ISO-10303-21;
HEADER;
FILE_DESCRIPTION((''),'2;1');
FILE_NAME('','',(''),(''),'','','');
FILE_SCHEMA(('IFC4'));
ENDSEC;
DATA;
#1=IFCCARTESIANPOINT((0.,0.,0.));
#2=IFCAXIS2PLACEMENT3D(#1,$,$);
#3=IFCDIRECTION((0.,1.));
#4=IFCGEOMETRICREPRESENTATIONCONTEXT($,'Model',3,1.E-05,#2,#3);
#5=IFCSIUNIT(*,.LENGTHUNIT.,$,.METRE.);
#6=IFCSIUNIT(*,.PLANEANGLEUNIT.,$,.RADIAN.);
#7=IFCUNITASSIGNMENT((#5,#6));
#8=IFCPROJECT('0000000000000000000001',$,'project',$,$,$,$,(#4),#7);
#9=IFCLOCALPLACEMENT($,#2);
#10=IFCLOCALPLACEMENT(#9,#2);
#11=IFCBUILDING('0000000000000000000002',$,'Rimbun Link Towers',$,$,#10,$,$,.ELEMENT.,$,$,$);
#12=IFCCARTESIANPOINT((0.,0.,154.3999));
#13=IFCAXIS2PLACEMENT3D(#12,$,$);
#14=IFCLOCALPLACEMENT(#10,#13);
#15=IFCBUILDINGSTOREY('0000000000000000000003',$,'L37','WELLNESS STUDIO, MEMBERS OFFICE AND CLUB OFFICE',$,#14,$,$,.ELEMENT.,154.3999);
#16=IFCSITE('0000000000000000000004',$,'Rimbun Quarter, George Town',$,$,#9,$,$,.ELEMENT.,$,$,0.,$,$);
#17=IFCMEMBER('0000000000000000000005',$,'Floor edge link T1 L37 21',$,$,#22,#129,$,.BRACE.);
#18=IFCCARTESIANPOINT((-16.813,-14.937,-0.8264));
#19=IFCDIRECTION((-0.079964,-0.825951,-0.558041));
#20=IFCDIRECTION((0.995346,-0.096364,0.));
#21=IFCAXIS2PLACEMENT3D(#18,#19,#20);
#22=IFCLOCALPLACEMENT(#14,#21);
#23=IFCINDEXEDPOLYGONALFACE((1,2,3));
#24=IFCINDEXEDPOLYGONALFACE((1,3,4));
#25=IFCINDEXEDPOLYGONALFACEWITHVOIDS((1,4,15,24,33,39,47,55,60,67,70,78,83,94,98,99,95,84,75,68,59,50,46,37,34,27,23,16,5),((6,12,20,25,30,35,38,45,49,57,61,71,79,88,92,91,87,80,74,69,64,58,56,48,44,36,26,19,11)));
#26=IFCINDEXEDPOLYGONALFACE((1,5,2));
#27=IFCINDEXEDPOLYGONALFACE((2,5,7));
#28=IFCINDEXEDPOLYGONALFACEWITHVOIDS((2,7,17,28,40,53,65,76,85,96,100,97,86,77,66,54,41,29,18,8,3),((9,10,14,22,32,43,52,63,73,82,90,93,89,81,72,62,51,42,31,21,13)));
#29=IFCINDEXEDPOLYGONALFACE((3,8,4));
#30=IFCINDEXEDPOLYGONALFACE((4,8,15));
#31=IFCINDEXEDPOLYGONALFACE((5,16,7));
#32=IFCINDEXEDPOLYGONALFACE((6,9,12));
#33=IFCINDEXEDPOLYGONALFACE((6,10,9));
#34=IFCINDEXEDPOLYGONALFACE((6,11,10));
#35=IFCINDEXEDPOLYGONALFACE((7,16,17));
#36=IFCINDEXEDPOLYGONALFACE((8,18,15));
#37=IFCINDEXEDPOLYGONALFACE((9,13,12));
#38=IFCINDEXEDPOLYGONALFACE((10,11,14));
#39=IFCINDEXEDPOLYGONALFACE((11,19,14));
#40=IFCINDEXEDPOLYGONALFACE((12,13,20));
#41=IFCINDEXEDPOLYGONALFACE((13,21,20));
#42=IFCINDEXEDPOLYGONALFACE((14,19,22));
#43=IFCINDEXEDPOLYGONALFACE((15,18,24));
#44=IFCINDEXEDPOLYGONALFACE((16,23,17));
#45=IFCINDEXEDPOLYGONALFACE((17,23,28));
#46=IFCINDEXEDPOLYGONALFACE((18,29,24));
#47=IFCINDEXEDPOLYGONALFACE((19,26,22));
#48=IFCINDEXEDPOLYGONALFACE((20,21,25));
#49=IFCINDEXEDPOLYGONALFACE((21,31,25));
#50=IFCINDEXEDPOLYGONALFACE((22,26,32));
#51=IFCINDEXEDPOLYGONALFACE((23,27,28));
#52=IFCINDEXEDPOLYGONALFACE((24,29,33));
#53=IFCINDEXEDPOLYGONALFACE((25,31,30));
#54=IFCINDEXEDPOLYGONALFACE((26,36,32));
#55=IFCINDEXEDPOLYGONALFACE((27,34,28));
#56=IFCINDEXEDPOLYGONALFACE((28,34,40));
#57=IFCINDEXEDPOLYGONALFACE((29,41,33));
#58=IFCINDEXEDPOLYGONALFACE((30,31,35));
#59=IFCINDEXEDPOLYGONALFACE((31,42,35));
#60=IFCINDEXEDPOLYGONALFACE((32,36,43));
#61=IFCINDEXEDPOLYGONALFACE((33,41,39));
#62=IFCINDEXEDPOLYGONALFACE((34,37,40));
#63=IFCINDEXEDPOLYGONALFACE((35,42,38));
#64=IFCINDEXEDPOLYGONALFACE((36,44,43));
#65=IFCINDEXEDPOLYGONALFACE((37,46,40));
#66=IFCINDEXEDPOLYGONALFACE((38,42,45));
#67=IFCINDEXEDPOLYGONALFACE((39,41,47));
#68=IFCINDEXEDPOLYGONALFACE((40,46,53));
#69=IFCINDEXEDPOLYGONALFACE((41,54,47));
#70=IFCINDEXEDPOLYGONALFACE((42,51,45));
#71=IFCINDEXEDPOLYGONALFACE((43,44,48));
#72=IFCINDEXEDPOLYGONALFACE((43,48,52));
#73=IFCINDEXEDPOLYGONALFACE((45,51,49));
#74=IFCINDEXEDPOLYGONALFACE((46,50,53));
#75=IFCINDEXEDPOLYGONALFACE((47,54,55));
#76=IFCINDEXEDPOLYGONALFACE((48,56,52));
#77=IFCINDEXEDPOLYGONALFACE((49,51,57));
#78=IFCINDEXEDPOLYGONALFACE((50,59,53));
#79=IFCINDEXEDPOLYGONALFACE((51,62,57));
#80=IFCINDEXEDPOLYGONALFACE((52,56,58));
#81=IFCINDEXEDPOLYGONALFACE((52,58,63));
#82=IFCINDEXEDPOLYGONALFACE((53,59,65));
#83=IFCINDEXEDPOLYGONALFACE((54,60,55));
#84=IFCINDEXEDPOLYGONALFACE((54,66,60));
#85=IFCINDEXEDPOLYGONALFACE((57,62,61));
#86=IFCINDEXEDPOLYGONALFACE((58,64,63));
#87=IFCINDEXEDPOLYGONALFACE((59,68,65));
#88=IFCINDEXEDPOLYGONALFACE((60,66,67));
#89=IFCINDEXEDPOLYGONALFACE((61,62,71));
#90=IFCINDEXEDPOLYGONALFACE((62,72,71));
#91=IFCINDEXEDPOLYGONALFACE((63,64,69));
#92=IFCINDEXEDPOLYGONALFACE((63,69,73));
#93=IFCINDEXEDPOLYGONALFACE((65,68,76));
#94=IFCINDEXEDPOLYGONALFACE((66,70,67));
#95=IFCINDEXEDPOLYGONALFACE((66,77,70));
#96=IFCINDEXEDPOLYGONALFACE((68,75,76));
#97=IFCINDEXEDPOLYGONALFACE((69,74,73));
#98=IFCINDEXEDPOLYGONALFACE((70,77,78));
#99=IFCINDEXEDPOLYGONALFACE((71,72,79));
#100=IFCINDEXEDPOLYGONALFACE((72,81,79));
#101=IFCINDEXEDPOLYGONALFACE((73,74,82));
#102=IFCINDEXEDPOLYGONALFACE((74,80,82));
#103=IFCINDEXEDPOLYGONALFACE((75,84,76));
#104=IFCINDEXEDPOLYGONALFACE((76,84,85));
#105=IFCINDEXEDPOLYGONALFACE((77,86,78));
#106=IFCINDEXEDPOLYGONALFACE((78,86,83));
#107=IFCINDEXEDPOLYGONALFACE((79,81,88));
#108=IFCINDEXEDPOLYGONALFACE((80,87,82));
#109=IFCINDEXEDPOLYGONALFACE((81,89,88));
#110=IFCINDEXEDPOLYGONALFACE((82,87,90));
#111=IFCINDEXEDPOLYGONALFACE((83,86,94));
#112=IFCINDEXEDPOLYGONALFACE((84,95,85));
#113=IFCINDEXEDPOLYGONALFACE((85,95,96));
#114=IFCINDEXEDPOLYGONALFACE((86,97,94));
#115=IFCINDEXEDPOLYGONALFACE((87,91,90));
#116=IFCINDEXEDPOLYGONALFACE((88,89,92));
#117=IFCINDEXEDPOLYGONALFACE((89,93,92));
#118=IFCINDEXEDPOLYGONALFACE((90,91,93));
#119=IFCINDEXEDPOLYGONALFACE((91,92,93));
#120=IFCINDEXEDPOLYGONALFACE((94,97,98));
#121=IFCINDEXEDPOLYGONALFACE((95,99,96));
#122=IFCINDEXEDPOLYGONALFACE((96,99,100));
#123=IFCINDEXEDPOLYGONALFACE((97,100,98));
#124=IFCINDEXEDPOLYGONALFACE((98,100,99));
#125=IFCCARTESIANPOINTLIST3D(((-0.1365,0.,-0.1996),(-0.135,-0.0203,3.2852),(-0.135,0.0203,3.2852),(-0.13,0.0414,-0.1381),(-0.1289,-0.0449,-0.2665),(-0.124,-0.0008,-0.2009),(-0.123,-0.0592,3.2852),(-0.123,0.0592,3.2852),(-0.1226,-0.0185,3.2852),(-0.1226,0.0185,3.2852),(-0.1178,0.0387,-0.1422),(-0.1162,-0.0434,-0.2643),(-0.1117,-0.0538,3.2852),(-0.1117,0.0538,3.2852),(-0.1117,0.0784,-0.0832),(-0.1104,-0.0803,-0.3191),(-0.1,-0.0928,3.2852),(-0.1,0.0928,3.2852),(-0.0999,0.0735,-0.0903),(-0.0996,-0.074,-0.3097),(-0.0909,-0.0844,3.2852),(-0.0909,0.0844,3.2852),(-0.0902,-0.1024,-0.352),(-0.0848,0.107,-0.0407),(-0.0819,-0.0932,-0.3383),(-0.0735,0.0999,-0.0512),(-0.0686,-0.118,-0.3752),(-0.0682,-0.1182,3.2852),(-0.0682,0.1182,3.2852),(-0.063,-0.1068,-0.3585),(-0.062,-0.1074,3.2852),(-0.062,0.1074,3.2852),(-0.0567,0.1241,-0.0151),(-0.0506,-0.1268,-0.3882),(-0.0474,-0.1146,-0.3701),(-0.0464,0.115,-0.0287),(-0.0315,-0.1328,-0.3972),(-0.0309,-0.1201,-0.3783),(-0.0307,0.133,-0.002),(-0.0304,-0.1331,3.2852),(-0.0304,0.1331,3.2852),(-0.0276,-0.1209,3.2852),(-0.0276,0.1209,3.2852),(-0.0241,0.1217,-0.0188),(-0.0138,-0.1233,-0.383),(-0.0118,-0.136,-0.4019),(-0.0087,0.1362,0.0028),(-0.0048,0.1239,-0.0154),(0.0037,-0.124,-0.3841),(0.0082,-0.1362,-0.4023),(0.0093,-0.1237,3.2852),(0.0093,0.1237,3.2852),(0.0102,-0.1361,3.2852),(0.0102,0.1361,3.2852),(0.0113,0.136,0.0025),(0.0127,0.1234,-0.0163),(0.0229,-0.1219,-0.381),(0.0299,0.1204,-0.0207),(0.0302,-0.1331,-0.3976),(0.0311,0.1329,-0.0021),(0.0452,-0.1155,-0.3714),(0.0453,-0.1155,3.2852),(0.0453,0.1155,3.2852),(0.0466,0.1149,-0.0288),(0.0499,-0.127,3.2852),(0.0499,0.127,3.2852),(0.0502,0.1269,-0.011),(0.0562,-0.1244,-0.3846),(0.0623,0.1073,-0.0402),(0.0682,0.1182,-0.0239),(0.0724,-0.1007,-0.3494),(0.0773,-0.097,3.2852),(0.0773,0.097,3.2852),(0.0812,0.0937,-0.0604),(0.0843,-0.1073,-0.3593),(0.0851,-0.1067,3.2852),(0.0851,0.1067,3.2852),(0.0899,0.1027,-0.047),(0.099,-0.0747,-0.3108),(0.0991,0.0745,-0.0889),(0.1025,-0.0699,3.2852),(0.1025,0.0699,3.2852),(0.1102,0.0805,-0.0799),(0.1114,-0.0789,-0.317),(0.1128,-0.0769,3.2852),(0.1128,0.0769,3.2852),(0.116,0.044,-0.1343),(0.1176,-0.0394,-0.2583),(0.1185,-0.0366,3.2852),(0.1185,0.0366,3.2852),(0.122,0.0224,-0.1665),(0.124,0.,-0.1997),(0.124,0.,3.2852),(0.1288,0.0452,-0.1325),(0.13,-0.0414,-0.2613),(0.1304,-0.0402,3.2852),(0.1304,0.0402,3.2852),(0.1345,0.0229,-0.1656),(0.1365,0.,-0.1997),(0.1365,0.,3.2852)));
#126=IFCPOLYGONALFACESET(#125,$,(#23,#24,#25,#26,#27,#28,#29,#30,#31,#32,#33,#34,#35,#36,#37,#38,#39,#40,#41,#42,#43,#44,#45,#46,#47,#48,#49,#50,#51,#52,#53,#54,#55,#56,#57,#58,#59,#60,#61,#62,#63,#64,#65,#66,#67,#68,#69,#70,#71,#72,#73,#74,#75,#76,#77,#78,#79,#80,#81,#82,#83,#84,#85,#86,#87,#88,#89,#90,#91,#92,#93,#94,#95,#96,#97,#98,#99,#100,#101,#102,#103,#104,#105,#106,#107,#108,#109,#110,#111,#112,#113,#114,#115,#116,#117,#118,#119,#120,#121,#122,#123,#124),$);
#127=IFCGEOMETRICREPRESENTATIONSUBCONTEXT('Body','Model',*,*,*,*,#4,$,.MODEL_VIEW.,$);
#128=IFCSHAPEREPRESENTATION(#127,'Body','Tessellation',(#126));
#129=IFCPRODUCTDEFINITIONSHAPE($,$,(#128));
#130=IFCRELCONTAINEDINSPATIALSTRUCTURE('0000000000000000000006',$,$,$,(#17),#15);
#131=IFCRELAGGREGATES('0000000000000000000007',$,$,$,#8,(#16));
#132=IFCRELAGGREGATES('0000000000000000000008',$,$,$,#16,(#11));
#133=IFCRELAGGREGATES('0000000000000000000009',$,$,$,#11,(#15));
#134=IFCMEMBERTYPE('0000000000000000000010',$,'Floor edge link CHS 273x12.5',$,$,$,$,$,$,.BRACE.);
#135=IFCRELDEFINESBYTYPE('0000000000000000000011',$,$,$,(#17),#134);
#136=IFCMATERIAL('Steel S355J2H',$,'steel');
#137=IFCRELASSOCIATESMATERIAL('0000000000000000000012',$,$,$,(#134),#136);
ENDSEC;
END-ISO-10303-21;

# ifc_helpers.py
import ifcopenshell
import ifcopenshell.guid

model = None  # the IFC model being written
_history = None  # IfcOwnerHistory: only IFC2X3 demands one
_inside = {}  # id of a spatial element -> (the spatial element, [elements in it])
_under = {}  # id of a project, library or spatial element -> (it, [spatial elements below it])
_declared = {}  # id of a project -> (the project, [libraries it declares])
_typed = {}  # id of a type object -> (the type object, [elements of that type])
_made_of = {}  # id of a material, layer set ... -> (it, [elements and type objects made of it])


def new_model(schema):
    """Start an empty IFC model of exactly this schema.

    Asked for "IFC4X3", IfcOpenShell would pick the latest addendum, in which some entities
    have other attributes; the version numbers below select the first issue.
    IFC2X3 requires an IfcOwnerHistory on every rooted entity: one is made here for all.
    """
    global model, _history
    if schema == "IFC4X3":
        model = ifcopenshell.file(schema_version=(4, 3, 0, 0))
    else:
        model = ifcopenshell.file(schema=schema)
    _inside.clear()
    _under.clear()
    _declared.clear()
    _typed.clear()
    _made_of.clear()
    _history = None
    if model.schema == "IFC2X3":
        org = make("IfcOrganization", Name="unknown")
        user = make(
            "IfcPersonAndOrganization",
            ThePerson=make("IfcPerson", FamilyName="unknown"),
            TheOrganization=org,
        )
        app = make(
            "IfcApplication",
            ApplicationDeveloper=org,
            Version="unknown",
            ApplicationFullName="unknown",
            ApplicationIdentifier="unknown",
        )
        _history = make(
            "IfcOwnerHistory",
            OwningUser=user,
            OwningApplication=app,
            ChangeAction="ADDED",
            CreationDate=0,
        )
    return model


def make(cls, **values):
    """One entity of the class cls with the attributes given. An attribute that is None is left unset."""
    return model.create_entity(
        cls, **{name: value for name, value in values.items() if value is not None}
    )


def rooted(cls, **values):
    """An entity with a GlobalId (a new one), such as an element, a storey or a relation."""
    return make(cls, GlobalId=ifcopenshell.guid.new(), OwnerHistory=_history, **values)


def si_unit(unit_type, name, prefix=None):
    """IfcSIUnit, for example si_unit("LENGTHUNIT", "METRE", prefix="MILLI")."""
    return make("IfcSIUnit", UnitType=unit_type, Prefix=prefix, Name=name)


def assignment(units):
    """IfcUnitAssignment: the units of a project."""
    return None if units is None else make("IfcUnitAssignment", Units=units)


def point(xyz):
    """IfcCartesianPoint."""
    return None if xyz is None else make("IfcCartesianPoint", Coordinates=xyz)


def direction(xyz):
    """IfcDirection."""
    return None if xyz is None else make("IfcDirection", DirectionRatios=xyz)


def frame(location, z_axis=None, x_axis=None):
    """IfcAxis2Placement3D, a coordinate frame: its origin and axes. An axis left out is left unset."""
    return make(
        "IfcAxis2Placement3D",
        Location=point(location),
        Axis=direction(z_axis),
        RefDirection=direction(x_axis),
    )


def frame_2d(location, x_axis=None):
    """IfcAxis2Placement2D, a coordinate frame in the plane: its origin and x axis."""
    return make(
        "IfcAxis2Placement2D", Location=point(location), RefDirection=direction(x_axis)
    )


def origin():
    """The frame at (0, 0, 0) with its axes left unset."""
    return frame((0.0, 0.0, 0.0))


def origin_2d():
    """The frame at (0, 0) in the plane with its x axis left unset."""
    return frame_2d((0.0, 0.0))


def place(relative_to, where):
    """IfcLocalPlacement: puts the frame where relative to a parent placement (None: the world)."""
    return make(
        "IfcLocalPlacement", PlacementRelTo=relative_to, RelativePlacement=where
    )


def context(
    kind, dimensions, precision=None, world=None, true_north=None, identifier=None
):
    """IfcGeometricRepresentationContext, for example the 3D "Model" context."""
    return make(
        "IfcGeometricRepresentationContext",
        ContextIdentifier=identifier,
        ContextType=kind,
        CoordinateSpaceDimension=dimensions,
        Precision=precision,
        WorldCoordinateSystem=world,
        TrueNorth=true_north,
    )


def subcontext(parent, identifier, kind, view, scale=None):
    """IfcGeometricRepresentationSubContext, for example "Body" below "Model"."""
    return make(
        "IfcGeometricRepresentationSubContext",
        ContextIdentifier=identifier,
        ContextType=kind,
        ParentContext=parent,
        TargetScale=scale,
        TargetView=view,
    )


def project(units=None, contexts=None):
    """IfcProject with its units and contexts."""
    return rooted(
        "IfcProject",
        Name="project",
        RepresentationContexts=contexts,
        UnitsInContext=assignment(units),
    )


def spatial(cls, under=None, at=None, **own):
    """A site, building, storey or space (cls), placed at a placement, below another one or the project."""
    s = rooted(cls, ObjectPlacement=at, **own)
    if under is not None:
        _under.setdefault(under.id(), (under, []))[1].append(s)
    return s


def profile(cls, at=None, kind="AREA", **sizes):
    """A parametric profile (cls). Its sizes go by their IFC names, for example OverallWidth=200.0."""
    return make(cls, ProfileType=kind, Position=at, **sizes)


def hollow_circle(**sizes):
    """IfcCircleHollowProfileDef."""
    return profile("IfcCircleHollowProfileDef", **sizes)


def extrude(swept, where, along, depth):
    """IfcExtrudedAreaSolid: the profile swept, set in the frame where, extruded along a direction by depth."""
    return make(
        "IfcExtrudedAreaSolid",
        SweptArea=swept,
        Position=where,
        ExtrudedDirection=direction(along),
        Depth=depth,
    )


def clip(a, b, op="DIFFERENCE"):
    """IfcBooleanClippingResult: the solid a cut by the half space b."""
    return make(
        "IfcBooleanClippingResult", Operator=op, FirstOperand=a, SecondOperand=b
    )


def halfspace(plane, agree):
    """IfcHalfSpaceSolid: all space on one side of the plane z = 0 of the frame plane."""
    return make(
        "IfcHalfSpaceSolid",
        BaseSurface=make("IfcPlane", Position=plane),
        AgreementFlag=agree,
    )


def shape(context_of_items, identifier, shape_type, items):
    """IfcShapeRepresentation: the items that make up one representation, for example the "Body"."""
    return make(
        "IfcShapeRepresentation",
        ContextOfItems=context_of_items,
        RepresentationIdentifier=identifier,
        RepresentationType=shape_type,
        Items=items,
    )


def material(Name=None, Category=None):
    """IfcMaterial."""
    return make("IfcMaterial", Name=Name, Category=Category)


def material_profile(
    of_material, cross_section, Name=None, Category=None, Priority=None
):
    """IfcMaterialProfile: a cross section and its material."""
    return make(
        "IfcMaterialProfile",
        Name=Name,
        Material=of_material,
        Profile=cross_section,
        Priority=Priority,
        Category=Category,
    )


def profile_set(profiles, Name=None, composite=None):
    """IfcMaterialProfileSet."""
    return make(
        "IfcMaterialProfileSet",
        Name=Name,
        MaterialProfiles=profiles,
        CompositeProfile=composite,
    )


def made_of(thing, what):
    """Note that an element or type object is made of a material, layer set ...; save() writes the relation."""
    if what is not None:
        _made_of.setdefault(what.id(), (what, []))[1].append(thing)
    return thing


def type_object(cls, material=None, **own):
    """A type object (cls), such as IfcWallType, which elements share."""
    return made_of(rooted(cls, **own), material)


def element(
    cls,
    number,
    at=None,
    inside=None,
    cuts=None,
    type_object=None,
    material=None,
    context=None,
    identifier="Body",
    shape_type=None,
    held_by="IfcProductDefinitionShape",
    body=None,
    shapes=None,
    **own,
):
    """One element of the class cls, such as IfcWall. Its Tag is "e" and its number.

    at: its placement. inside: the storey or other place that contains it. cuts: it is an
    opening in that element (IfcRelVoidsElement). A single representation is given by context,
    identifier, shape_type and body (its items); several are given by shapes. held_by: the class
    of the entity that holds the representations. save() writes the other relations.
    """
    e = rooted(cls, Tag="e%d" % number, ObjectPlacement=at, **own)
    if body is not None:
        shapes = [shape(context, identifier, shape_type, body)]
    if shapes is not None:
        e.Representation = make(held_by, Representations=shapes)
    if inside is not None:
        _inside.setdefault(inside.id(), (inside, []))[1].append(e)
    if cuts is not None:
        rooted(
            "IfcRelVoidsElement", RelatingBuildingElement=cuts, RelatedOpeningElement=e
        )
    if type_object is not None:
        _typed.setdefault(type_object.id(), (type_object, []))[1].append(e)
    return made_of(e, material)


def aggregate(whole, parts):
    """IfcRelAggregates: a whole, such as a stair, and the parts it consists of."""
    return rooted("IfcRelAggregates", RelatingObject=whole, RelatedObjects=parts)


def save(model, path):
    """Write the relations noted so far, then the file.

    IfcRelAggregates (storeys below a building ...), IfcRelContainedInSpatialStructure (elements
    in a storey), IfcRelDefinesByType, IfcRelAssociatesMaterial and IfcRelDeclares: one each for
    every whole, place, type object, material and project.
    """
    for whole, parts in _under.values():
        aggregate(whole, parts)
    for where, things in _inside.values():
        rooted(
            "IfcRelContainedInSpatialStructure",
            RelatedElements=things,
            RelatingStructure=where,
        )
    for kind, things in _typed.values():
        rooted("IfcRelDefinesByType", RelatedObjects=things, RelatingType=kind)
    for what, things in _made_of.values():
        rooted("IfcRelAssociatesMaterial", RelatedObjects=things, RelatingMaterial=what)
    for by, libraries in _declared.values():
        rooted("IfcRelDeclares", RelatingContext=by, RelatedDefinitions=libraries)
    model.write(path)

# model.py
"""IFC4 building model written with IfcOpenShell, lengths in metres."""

from ifc_helpers import new_model, si_unit, direction, frame, origin, origin_2d, place, context, subcontext, project, spatial, hollow_circle, extrude, clip, halfspace, material, material_profile, profile_set, type_object, element, save


model = new_model("IFC4")

# Units and contexts
model_context = context("Model", 3, precision=1e-05, world=origin(), true_north=direction((0.0, 1.0)))
body_context = subcontext(model_context, "Body", "Model", "MODEL_VIEW")
ifc_project = project(units=[si_unit("LENGTHUNIT", "METRE"), si_unit("PLANEANGLEUNIT", "RADIAN")], contexts=[model_context])

# Site, building, storey
site_placement = place(None, origin())
site = spatial("IfcSite", under=ifc_project, at=site_placement, Name="Rimbun Quarter, George Town", CompositionType="ELEMENT", RefElevation=0.0)
building_placement = place(site_placement, origin())
building = spatial("IfcBuilding", under=site, at=building_placement, Name="Rimbun Link Towers", CompositionType="ELEMENT")
storey_placement = place(building_placement, frame((0.0, 0.0, 154.3999)))
storey = spatial("IfcBuildingStorey", under=building, at=storey_placement, Name="L37", Description="WELLNESS STUDIO, MEMBERS OFFICE AND CLUB OFFICE", CompositionType="ELEMENT", Elevation=154.3999)

# Member
ifc_material_1 = material(Name="Steel S355J2H", Category="steel")
ifc_material_profile_1 = material_profile(ifc_material_1, hollow_circle(Radius=0.1365, WallThickness=0.0125, at=origin_2d()), Name="CHS 273x12.5")
ifc_profile_set_1 = profile_set([ifc_material_profile_1], Name="Steel S355J2H")
member_type_1 = type_object("IfcMemberType", Name="Floor edge link CHS 273x12.5", PredefinedType="BRACE", material=ifc_profile_set_1)
member_1_placement = place(storey_placement, frame((-16.813, -14.937, -0.8264), z_axis=(-0.079964, -0.825951, -0.558041), x_axis=(0.995346, -0.096364, 0.0)))
element("IfcMember", 1, at=member_1_placement, inside=storey, type_object=member_type_1, Name="Floor edge link T1 L37 21", PredefinedType="BRACE", context=body_context, shape_type="Clipping", body=[
    clip(extrude(hollow_circle(Radius=0.1365, WallThickness=0.0125, at=origin_2d()), frame((0.0, 0.0, -0.4238)), (0.0, 0.0, 1.0), 3.709), halfspace(frame((0.0, 0.0, -0.1997), z_axis=(0.0, 0.829813, -0.558041)), False)),
])

save(model, "model.ifc")
